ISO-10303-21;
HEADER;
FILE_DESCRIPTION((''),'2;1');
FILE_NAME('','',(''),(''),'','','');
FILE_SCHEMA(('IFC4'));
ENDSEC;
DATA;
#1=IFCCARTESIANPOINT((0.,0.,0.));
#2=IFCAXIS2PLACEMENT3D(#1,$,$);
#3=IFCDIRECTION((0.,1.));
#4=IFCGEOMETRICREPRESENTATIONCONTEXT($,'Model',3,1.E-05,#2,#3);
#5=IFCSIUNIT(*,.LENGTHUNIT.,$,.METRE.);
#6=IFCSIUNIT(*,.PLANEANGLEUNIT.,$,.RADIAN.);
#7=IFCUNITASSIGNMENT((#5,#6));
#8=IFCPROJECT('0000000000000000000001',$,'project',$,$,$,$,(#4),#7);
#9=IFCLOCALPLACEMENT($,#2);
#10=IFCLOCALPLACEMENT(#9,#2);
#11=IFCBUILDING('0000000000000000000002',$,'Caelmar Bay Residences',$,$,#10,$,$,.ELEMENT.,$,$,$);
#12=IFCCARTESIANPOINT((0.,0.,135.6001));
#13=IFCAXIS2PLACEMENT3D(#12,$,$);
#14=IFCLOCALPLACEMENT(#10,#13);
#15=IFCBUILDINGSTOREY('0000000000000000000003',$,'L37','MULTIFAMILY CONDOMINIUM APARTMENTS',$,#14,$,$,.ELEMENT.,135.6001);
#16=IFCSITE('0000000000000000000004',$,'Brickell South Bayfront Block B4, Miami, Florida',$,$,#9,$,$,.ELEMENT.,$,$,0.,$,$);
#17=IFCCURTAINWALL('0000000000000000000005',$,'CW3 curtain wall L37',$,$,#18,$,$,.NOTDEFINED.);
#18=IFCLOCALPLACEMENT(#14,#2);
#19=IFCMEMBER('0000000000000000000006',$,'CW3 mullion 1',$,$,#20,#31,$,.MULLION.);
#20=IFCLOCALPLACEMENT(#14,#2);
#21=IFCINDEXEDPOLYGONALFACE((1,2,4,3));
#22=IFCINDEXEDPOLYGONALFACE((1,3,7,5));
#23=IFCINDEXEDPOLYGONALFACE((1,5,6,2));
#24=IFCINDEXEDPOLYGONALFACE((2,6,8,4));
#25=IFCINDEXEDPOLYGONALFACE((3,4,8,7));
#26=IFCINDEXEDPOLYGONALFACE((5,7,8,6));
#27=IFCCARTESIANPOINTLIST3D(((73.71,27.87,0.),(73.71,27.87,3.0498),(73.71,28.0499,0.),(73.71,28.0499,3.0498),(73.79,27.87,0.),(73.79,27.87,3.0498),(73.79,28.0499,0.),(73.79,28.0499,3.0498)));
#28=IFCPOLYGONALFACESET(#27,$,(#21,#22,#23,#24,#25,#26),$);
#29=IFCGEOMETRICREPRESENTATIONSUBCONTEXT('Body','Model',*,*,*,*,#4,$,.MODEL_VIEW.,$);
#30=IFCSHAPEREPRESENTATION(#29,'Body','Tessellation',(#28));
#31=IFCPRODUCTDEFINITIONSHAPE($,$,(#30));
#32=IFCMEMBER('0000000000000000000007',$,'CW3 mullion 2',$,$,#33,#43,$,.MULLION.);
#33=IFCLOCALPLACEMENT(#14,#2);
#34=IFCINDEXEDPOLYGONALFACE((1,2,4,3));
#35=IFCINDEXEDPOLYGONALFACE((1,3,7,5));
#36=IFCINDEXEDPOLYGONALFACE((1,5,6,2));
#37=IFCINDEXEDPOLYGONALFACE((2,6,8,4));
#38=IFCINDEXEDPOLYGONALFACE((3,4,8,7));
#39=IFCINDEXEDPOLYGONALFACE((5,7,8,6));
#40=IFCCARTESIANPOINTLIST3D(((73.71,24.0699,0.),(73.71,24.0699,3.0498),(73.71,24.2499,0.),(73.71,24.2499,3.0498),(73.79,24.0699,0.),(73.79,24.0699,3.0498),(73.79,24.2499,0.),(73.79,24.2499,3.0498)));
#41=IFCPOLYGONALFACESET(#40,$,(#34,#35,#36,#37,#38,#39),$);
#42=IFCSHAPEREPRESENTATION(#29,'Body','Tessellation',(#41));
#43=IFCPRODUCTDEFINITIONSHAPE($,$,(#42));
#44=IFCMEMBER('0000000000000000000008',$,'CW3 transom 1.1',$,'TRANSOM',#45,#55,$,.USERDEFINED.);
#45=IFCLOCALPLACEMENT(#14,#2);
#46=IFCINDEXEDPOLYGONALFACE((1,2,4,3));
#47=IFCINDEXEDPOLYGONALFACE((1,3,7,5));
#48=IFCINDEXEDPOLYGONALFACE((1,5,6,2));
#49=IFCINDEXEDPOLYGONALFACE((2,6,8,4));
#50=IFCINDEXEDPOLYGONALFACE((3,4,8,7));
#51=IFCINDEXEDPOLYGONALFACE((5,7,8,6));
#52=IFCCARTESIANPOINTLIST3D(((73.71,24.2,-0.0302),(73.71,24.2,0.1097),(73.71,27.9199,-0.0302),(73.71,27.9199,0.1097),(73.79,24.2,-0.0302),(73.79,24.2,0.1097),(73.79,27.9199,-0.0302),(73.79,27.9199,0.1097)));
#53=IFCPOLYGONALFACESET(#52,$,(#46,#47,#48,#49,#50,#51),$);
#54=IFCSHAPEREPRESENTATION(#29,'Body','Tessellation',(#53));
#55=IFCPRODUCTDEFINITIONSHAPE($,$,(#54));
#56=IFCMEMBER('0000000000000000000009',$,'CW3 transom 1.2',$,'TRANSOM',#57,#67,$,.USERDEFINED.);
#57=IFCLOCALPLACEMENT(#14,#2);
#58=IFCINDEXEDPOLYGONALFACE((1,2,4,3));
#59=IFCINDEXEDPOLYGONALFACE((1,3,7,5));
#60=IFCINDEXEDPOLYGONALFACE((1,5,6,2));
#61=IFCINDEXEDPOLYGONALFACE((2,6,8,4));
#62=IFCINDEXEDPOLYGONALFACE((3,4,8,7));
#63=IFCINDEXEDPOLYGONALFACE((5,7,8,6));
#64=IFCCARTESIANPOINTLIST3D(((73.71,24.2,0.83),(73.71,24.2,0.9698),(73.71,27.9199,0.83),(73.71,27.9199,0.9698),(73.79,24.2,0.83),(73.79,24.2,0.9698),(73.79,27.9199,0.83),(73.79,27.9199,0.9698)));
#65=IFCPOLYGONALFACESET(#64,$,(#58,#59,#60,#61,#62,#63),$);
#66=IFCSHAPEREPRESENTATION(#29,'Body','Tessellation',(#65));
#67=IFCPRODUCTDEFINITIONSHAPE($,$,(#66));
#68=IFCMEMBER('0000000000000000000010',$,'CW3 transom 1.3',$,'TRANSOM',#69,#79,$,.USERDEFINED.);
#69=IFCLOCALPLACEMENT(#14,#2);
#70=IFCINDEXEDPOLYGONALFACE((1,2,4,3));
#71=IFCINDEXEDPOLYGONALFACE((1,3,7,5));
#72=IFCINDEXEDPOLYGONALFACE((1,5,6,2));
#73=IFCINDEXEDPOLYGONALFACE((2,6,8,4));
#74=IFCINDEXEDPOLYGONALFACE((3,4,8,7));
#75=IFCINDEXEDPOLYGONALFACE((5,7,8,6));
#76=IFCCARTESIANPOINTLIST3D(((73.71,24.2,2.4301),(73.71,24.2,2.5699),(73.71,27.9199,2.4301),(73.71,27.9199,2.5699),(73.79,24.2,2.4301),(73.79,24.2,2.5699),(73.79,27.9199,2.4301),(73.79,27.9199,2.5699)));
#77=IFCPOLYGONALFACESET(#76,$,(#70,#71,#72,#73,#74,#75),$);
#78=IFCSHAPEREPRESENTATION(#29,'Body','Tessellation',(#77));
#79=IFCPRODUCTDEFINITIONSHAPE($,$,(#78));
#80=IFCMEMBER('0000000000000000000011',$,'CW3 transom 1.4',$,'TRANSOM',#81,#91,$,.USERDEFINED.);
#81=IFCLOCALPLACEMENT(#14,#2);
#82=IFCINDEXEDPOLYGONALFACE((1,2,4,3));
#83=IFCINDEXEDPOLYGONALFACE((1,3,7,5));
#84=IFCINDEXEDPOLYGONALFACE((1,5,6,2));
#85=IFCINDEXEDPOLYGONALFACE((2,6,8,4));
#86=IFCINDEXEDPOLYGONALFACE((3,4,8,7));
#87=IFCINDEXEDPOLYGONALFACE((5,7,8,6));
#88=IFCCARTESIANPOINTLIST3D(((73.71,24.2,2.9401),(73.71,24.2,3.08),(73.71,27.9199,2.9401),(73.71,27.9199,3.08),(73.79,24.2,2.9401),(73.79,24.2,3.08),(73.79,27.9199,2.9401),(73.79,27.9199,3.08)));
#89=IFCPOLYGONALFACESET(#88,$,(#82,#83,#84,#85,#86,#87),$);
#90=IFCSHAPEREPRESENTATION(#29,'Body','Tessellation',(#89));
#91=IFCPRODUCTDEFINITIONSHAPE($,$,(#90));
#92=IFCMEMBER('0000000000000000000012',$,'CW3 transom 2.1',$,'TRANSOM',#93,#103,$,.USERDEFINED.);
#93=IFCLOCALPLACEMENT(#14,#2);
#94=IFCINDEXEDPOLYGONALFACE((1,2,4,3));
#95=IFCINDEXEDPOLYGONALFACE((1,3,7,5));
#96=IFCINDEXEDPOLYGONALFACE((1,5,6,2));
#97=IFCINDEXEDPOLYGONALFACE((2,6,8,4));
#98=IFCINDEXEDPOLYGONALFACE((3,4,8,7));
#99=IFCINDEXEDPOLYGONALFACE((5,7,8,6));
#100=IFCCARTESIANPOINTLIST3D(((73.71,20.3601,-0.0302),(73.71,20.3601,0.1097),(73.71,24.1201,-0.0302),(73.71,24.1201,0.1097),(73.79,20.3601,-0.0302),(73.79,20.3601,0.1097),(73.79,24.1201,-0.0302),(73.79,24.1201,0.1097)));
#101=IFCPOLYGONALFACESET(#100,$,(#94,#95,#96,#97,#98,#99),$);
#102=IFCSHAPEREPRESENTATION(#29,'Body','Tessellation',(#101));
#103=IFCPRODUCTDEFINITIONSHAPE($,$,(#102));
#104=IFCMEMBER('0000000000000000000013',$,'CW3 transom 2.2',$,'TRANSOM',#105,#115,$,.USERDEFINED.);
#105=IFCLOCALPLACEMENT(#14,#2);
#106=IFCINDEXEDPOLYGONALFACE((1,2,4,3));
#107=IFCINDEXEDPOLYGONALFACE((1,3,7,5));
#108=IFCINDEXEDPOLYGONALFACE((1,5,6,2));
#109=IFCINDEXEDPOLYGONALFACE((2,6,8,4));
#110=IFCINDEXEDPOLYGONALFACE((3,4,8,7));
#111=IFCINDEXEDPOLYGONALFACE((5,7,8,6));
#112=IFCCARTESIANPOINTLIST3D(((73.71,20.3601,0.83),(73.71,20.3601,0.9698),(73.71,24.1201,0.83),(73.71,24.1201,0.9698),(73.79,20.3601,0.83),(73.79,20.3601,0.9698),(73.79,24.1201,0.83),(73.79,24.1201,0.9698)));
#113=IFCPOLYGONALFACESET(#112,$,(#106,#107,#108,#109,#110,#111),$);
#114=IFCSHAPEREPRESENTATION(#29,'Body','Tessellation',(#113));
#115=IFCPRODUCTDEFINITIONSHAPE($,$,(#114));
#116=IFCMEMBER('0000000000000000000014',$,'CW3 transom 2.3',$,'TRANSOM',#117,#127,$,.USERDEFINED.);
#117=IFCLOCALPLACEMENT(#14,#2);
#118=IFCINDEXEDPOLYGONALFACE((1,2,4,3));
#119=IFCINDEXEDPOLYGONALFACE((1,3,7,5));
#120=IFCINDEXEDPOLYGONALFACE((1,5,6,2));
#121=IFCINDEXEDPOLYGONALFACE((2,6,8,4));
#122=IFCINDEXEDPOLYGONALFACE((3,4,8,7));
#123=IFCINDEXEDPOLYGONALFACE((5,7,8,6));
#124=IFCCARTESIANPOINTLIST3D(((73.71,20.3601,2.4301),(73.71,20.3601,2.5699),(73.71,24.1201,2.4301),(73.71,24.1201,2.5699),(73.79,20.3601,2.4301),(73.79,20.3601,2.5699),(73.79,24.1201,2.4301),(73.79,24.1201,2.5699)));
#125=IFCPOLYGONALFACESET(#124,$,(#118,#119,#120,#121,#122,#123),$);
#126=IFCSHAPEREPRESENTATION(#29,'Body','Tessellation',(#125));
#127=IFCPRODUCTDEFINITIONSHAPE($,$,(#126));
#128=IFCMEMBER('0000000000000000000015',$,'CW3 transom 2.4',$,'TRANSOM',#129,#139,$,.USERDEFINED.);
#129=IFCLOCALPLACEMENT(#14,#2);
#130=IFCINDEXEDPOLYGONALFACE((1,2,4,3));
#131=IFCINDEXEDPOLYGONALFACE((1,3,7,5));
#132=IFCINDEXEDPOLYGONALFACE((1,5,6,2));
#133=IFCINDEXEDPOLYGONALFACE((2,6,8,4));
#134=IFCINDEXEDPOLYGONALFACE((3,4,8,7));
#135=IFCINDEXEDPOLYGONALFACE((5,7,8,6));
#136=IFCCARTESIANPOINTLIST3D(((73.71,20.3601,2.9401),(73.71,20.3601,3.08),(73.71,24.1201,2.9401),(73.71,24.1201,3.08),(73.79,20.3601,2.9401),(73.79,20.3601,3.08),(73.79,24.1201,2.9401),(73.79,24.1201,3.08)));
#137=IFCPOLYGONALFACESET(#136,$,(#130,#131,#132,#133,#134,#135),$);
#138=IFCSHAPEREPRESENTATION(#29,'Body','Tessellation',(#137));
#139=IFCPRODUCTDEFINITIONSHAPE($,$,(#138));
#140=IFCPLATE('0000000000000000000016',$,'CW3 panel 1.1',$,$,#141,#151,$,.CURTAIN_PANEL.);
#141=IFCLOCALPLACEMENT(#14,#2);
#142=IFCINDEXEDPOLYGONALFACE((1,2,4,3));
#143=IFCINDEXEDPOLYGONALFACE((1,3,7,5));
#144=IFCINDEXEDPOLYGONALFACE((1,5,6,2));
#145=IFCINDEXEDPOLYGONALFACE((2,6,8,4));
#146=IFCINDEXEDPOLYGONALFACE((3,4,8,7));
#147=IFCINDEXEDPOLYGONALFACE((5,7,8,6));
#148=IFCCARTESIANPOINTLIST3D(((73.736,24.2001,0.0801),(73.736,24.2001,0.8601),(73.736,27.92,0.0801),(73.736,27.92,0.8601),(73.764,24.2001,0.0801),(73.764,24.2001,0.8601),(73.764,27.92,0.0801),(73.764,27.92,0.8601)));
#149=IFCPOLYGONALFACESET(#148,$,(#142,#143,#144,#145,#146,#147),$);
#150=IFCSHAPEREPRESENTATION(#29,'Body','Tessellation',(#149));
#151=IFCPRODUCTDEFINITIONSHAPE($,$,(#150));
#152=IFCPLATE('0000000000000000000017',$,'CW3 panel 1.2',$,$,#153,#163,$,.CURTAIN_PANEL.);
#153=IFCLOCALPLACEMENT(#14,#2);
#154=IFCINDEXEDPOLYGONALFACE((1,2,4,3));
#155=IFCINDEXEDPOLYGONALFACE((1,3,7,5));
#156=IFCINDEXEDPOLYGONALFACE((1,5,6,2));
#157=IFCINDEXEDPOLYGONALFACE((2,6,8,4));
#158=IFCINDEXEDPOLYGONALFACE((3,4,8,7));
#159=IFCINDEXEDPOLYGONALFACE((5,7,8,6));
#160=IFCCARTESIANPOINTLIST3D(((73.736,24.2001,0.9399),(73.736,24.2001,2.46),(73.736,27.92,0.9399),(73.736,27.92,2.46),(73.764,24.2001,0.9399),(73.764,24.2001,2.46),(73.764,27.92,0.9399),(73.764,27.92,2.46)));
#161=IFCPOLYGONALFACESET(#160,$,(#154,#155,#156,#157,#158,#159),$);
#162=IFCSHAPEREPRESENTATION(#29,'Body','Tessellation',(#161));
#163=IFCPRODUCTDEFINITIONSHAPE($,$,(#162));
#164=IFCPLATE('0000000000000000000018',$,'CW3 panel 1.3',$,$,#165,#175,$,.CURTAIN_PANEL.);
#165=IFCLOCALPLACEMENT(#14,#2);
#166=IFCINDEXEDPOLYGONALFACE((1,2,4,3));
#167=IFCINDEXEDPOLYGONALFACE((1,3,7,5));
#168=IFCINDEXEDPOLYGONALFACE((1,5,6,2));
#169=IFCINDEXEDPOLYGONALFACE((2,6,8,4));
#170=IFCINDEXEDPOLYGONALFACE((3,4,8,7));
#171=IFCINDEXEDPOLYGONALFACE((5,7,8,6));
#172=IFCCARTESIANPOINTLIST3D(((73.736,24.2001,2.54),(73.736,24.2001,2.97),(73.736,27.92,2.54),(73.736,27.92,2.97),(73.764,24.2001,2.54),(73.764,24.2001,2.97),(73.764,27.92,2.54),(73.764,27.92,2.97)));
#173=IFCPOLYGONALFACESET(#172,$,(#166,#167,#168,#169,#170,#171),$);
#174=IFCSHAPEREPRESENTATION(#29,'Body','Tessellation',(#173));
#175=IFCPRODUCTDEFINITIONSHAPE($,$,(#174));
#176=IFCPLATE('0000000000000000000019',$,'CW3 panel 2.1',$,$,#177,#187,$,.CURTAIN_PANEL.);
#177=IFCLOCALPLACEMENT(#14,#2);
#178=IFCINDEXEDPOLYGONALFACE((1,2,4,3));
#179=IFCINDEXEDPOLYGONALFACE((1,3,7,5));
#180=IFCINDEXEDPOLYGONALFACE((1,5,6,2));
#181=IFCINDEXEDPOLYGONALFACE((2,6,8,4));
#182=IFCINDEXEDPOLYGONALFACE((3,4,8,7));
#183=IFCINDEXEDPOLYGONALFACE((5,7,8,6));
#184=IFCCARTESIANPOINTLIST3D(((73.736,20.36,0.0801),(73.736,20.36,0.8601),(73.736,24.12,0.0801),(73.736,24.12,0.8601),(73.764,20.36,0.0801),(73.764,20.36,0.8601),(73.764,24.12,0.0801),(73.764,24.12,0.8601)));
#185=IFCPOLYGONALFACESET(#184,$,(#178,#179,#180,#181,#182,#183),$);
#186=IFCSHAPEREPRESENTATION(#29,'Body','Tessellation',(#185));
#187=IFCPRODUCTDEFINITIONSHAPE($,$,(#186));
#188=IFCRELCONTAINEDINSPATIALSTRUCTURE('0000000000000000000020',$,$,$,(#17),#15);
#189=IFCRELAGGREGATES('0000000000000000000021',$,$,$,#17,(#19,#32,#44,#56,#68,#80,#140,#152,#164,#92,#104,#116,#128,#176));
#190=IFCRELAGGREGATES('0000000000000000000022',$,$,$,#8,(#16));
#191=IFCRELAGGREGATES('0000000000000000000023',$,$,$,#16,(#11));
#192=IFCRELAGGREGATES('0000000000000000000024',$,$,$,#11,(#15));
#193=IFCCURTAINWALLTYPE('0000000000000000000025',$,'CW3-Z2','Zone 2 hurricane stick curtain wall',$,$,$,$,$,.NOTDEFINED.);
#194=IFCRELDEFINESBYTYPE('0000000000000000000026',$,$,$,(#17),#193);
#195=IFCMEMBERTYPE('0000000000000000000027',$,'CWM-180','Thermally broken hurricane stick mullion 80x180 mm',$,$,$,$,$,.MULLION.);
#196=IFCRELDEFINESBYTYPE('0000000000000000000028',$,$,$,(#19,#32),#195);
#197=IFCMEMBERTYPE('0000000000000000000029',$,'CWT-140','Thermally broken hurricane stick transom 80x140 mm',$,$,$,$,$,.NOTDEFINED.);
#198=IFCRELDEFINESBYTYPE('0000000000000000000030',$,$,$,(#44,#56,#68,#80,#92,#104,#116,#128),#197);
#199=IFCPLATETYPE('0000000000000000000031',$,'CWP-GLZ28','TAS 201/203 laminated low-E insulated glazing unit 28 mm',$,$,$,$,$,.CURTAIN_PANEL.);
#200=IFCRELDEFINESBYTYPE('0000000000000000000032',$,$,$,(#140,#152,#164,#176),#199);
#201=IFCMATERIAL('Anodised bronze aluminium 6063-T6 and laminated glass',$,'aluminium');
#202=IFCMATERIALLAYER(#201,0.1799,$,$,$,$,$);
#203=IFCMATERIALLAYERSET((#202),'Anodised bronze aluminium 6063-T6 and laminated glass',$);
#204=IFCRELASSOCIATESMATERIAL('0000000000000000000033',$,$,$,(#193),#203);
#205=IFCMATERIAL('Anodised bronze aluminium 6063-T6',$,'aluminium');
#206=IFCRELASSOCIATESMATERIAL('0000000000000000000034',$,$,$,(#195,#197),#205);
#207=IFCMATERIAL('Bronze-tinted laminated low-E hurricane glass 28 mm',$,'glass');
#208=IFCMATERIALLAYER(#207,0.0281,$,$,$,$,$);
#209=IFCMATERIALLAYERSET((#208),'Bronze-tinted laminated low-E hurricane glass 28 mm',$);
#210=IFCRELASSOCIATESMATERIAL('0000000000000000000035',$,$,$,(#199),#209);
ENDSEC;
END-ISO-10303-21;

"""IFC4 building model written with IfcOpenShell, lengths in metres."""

from ifc_helpers import new_model, si_unit, direction, frame, origin, origin_2d, place, context, subcontext, project, spatial, rectangle, extrude, material, layer, layer_set, material_profile, profile_set, type_object, element, aggregate, save


model = new_model("IFC4")

# Units and contexts
model_context = context("Model", 3, precision=1e-05, world=origin(), true_north=direction((0.0, 1.0)))
body_context = subcontext(model_context, "Body", "Model", "MODEL_VIEW")
ifc_project = project(units=[si_unit("LENGTHUNIT", "METRE"), si_unit("PLANEANGLEUNIT", "RADIAN")], contexts=[model_context])

# Site, building, storey
site_placement = place(None, origin())
site = spatial("IfcSite", under=ifc_project, at=site_placement, Name="Brickell South Bayfront Block B4, Miami, Florida", CompositionType="ELEMENT", RefElevation=0.0)
building_placement = place(site_placement, origin())
building = spatial("IfcBuilding", under=site, at=building_placement, Name="Caelmar Bay Residences", CompositionType="ELEMENT")
storey_placement = place(building_placement, frame((0.0, 0.0, 135.6001)))
storey = spatial("IfcBuildingStorey", under=building, at=storey_placement, Name="L37", Description="MULTIFAMILY CONDOMINIUM APARTMENTS", CompositionType="ELEMENT", Elevation=135.6001)

# Curtain wall, members, plates
ifc_material_1 = material(Name="Anodised bronze aluminium 6063-T6 and laminated glass", Category="aluminium")
ifc_layer_1 = layer(ifc_material_1, 0.1799)
ifc_layer_set_1 = layer_set([ifc_layer_1], Name="Anodised bronze aluminium 6063-T6 and laminated glass")
curtain_wall_type = type_object("IfcCurtainWallType", Name="CW3-Z2", Description="Zone 2 hurricane stick curtain wall", PredefinedType="NOTDEFINED", material=ifc_layer_set_1)
curtain_wall_placement = place(storey_placement, origin())
curtain_wall = element("IfcCurtainWall", 1, at=curtain_wall_placement, inside=storey, type_object=curtain_wall_type, Name="CW3 curtain wall L37", PredefinedType="NOTDEFINED")
ifc_material_2 = material(Name="Anodised bronze aluminium 6063-T6", Category="aluminium")
ifc_material_profile_1 = material_profile(ifc_material_2, rectangle(XDim=0.0801, YDim=0.1799, at=origin_2d()), Name="CWM-80X180")
ifc_profile_set_1 = profile_set([ifc_material_profile_1], Name="Anodised bronze aluminium 6063-T6")
member_type_1 = type_object("IfcMemberType", Name="CWM-180", Description="Thermally broken hurricane stick mullion 80x180 mm", PredefinedType="MULLION", material=ifc_profile_set_1)
member_1_placement = place(storey_placement, frame((73.75, 27.96, 0.0), z_axis=(0.0, 0.0, 1.0), x_axis=(1.0, 0.0, 0.0)))
member_1 = element("IfcMember", 2, at=member_1_placement, type_object=member_type_1, Name="CW3 mullion 1", PredefinedType="MULLION", context=body_context, shape_type="SweptSolid", body=[
    extrude(rectangle(XDim=0.0801, YDim=0.1799, at=origin_2d()), origin(), (0.0, 0.0, 1.0), 3.0498),
])
member_2_placement = place(storey_placement, frame((73.75, 24.1599, 0.0), z_axis=(0.0, 0.0, 1.0), x_axis=(1.0, 0.0, 0.0)))
member_2 = element("IfcMember", 3, at=member_2_placement, type_object=member_type_1, Name="CW3 mullion 2", PredefinedType="MULLION", context=body_context, shape_type="SweptSolid", body=[
    extrude(rectangle(XDim=0.0801, YDim=0.1799, at=origin_2d()), origin(), (0.0, 0.0, 1.0), 3.0498),
])
ifc_material_profile_2 = material_profile(ifc_material_2, rectangle(XDim=0.0801, YDim=0.1399, at=origin_2d()), Name="CWT-80X140")
ifc_profile_set_2 = profile_set([ifc_material_profile_2], Name="Anodised bronze aluminium 6063-T6")
member_type_2 = type_object("IfcMemberType", Name="CWT-140", Description="Thermally broken hurricane stick transom 80x140 mm", PredefinedType="NOTDEFINED", material=ifc_profile_set_2)
member_3_placement = place(storey_placement, frame((73.75, 27.9199, 0.0398), z_axis=(0.0, -1.0, 0.0), x_axis=(1.0, 0.0, 0.0)))
member_3 = element("IfcMember", 4, at=member_3_placement, type_object=member_type_2, Name="CW3 transom 1.1", ObjectType="TRANSOM", PredefinedType="USERDEFINED", context=body_context, shape_type="SweptSolid", body=[
    extrude(rectangle(XDim=0.0801, YDim=0.1399, at=origin_2d()), origin(), (0.0, 0.0, 1.0), 3.72),
])
member_4_placement = place(storey_placement, frame((73.75, 27.9199, 0.8999), z_axis=(0.0, -1.0, 0.0), x_axis=(1.0, 0.0, 0.0)))
member_4 = element("IfcMember", 5, at=member_4_placement, type_object=member_type_2, Name="CW3 transom 1.2", ObjectType="TRANSOM", PredefinedType="USERDEFINED", context=body_context, shape_type="SweptSolid", body=[
    extrude(rectangle(XDim=0.0801, YDim=0.1399, at=origin_2d()), origin(), (0.0, 0.0, 1.0), 3.72),
])
member_5_placement = place(storey_placement, frame((73.75, 27.9199, 2.5), z_axis=(0.0, -1.0, 0.0), x_axis=(1.0, 0.0, 0.0)))
member_5 = element("IfcMember", 6, at=member_5_placement, type_object=member_type_2, Name="CW3 transom 1.3", ObjectType="TRANSOM", PredefinedType="USERDEFINED", context=body_context, shape_type="SweptSolid", body=[
    extrude(rectangle(XDim=0.0801, YDim=0.1399, at=origin_2d()), origin(), (0.0, 0.0, 1.0), 3.72),
])
member_6_placement = place(storey_placement, frame((73.75, 27.9199, 3.01), z_axis=(0.0, -1.0, 0.0), x_axis=(1.0, 0.0, 0.0)))
member_6 = element("IfcMember", 7, at=member_6_placement, type_object=member_type_2, Name="CW3 transom 1.4", ObjectType="TRANSOM", PredefinedType="USERDEFINED", context=body_context, shape_type="SweptSolid", body=[
    extrude(rectangle(XDim=0.0801, YDim=0.1399, at=origin_2d()), origin(), (0.0, 0.0, 1.0), 3.72),
])
member_7_placement = place(storey_placement, frame((73.75, 24.1201, 0.0398), z_axis=(0.0, -1.0, 0.0), x_axis=(1.0, 0.0, 0.0)))
member_7 = element("IfcMember", 8, at=member_7_placement, type_object=member_type_2, Name="CW3 transom 2.1", ObjectType="TRANSOM", PredefinedType="USERDEFINED", context=body_context, shape_type="SweptSolid", body=[
    extrude(rectangle(XDim=0.0801, YDim=0.1399, at=origin_2d()), origin(), (0.0, 0.0, 1.0), 3.76),
])
member_8_placement = place(storey_placement, frame((73.75, 24.1201, 0.8999), z_axis=(0.0, -1.0, 0.0), x_axis=(1.0, 0.0, 0.0)))
member_8 = element("IfcMember", 9, at=member_8_placement, type_object=member_type_2, Name="CW3 transom 2.2", ObjectType="TRANSOM", PredefinedType="USERDEFINED", context=body_context, shape_type="SweptSolid", body=[
    extrude(rectangle(XDim=0.0801, YDim=0.1399, at=origin_2d()), origin(), (0.0, 0.0, 1.0), 3.76),
])
member_9_placement = place(storey_placement, frame((73.75, 24.1201, 2.5), z_axis=(0.0, -1.0, 0.0), x_axis=(1.0, 0.0, 0.0)))
member_9 = element("IfcMember", 10, at=member_9_placement, type_object=member_type_2, Name="CW3 transom 2.3", ObjectType="TRANSOM", PredefinedType="USERDEFINED", context=body_context, shape_type="SweptSolid", body=[
    extrude(rectangle(XDim=0.0801, YDim=0.1399, at=origin_2d()), origin(), (0.0, 0.0, 1.0), 3.76),
])
member_10_placement = place(storey_placement, frame((73.75, 24.1201, 3.01), z_axis=(0.0, -1.0, 0.0), x_axis=(1.0, 0.0, 0.0)))
member_10 = element("IfcMember", 11, at=member_10_placement, type_object=member_type_2, Name="CW3 transom 2.4", ObjectType="TRANSOM", PredefinedType="USERDEFINED", context=body_context, shape_type="SweptSolid", body=[
    extrude(rectangle(XDim=0.0801, YDim=0.1399, at=origin_2d()), origin(), (0.0, 0.0, 1.0), 3.76),
])
ifc_material_3 = material(Name="Bronze-tinted laminated low-E hurricane glass 28 mm", Category="glass")
ifc_layer_2 = layer(ifc_material_3, 0.0281)
ifc_layer_set_2 = layer_set([ifc_layer_2], Name="Bronze-tinted laminated low-E hurricane glass 28 mm")
plate_type = type_object("IfcPlateType", Name="CWP-GLZ28", Description="TAS 201/203 laminated low-E insulated glazing unit 28 mm", PredefinedType="CURTAIN_PANEL", material=ifc_layer_set_2)
plate_1_placement = place(storey_placement, frame((73.75, 26.0601, 0.0801), z_axis=(0.0, 0.0, 1.0), x_axis=(0.0, -1.0, 0.0)))
plate_1 = element("IfcPlate", 12, at=plate_1_placement, type_object=plate_type, Name="CW3 panel 1.1", PredefinedType="CURTAIN_PANEL", context=body_context, shape_type="SweptSolid", body=[
    extrude(rectangle(XDim=3.72, YDim=0.0281, at=origin_2d()), origin(), (0.0, 0.0, 1.0), 0.78),
])
plate_2_placement = place(storey_placement, frame((73.75, 26.0601, 0.9399), z_axis=(0.0, 0.0, 1.0), x_axis=(0.0, -1.0, 0.0)))
plate_2 = element("IfcPlate", 13, at=plate_2_placement, type_object=plate_type, Name="CW3 panel 1.2", PredefinedType="CURTAIN_PANEL", context=body_context, shape_type="SweptSolid", body=[
    extrude(rectangle(XDim=3.72, YDim=0.0281, at=origin_2d()), origin(), (0.0, 0.0, 1.0), 1.52),
])
plate_3_placement = place(storey_placement, frame((73.75, 26.0601, 2.54), z_axis=(0.0, 0.0, 1.0), x_axis=(0.0, -1.0, 0.0)))
plate_3 = element("IfcPlate", 14, at=plate_3_placement, type_object=plate_type, Name="CW3 panel 1.3", PredefinedType="CURTAIN_PANEL", context=body_context, shape_type="SweptSolid", body=[
    extrude(rectangle(XDim=3.72, YDim=0.0281, at=origin_2d()), origin(), (0.0, 0.0, 1.0), 0.4299),
])
plate_4_placement = place(storey_placement, frame((73.75, 22.24, 0.0801), z_axis=(0.0, 0.0, 1.0), x_axis=(0.0, -1.0, 0.0)))
plate_4 = element("IfcPlate", 15, at=plate_4_placement, type_object=plate_type, Name="CW3 panel 2.1", PredefinedType="CURTAIN_PANEL", context=body_context, shape_type="SweptSolid", body=[
    extrude(rectangle(XDim=3.76, YDim=0.0281, at=origin_2d()), origin(), (0.0, 0.0, 1.0), 0.78),
])
aggregate(curtain_wall, [member_1, member_2, member_3, member_4, member_5, member_6, plate_1, plate_2, plate_3, member_7, member_8, member_9, member_10, plate_4])

save(model, "model.ifc")
